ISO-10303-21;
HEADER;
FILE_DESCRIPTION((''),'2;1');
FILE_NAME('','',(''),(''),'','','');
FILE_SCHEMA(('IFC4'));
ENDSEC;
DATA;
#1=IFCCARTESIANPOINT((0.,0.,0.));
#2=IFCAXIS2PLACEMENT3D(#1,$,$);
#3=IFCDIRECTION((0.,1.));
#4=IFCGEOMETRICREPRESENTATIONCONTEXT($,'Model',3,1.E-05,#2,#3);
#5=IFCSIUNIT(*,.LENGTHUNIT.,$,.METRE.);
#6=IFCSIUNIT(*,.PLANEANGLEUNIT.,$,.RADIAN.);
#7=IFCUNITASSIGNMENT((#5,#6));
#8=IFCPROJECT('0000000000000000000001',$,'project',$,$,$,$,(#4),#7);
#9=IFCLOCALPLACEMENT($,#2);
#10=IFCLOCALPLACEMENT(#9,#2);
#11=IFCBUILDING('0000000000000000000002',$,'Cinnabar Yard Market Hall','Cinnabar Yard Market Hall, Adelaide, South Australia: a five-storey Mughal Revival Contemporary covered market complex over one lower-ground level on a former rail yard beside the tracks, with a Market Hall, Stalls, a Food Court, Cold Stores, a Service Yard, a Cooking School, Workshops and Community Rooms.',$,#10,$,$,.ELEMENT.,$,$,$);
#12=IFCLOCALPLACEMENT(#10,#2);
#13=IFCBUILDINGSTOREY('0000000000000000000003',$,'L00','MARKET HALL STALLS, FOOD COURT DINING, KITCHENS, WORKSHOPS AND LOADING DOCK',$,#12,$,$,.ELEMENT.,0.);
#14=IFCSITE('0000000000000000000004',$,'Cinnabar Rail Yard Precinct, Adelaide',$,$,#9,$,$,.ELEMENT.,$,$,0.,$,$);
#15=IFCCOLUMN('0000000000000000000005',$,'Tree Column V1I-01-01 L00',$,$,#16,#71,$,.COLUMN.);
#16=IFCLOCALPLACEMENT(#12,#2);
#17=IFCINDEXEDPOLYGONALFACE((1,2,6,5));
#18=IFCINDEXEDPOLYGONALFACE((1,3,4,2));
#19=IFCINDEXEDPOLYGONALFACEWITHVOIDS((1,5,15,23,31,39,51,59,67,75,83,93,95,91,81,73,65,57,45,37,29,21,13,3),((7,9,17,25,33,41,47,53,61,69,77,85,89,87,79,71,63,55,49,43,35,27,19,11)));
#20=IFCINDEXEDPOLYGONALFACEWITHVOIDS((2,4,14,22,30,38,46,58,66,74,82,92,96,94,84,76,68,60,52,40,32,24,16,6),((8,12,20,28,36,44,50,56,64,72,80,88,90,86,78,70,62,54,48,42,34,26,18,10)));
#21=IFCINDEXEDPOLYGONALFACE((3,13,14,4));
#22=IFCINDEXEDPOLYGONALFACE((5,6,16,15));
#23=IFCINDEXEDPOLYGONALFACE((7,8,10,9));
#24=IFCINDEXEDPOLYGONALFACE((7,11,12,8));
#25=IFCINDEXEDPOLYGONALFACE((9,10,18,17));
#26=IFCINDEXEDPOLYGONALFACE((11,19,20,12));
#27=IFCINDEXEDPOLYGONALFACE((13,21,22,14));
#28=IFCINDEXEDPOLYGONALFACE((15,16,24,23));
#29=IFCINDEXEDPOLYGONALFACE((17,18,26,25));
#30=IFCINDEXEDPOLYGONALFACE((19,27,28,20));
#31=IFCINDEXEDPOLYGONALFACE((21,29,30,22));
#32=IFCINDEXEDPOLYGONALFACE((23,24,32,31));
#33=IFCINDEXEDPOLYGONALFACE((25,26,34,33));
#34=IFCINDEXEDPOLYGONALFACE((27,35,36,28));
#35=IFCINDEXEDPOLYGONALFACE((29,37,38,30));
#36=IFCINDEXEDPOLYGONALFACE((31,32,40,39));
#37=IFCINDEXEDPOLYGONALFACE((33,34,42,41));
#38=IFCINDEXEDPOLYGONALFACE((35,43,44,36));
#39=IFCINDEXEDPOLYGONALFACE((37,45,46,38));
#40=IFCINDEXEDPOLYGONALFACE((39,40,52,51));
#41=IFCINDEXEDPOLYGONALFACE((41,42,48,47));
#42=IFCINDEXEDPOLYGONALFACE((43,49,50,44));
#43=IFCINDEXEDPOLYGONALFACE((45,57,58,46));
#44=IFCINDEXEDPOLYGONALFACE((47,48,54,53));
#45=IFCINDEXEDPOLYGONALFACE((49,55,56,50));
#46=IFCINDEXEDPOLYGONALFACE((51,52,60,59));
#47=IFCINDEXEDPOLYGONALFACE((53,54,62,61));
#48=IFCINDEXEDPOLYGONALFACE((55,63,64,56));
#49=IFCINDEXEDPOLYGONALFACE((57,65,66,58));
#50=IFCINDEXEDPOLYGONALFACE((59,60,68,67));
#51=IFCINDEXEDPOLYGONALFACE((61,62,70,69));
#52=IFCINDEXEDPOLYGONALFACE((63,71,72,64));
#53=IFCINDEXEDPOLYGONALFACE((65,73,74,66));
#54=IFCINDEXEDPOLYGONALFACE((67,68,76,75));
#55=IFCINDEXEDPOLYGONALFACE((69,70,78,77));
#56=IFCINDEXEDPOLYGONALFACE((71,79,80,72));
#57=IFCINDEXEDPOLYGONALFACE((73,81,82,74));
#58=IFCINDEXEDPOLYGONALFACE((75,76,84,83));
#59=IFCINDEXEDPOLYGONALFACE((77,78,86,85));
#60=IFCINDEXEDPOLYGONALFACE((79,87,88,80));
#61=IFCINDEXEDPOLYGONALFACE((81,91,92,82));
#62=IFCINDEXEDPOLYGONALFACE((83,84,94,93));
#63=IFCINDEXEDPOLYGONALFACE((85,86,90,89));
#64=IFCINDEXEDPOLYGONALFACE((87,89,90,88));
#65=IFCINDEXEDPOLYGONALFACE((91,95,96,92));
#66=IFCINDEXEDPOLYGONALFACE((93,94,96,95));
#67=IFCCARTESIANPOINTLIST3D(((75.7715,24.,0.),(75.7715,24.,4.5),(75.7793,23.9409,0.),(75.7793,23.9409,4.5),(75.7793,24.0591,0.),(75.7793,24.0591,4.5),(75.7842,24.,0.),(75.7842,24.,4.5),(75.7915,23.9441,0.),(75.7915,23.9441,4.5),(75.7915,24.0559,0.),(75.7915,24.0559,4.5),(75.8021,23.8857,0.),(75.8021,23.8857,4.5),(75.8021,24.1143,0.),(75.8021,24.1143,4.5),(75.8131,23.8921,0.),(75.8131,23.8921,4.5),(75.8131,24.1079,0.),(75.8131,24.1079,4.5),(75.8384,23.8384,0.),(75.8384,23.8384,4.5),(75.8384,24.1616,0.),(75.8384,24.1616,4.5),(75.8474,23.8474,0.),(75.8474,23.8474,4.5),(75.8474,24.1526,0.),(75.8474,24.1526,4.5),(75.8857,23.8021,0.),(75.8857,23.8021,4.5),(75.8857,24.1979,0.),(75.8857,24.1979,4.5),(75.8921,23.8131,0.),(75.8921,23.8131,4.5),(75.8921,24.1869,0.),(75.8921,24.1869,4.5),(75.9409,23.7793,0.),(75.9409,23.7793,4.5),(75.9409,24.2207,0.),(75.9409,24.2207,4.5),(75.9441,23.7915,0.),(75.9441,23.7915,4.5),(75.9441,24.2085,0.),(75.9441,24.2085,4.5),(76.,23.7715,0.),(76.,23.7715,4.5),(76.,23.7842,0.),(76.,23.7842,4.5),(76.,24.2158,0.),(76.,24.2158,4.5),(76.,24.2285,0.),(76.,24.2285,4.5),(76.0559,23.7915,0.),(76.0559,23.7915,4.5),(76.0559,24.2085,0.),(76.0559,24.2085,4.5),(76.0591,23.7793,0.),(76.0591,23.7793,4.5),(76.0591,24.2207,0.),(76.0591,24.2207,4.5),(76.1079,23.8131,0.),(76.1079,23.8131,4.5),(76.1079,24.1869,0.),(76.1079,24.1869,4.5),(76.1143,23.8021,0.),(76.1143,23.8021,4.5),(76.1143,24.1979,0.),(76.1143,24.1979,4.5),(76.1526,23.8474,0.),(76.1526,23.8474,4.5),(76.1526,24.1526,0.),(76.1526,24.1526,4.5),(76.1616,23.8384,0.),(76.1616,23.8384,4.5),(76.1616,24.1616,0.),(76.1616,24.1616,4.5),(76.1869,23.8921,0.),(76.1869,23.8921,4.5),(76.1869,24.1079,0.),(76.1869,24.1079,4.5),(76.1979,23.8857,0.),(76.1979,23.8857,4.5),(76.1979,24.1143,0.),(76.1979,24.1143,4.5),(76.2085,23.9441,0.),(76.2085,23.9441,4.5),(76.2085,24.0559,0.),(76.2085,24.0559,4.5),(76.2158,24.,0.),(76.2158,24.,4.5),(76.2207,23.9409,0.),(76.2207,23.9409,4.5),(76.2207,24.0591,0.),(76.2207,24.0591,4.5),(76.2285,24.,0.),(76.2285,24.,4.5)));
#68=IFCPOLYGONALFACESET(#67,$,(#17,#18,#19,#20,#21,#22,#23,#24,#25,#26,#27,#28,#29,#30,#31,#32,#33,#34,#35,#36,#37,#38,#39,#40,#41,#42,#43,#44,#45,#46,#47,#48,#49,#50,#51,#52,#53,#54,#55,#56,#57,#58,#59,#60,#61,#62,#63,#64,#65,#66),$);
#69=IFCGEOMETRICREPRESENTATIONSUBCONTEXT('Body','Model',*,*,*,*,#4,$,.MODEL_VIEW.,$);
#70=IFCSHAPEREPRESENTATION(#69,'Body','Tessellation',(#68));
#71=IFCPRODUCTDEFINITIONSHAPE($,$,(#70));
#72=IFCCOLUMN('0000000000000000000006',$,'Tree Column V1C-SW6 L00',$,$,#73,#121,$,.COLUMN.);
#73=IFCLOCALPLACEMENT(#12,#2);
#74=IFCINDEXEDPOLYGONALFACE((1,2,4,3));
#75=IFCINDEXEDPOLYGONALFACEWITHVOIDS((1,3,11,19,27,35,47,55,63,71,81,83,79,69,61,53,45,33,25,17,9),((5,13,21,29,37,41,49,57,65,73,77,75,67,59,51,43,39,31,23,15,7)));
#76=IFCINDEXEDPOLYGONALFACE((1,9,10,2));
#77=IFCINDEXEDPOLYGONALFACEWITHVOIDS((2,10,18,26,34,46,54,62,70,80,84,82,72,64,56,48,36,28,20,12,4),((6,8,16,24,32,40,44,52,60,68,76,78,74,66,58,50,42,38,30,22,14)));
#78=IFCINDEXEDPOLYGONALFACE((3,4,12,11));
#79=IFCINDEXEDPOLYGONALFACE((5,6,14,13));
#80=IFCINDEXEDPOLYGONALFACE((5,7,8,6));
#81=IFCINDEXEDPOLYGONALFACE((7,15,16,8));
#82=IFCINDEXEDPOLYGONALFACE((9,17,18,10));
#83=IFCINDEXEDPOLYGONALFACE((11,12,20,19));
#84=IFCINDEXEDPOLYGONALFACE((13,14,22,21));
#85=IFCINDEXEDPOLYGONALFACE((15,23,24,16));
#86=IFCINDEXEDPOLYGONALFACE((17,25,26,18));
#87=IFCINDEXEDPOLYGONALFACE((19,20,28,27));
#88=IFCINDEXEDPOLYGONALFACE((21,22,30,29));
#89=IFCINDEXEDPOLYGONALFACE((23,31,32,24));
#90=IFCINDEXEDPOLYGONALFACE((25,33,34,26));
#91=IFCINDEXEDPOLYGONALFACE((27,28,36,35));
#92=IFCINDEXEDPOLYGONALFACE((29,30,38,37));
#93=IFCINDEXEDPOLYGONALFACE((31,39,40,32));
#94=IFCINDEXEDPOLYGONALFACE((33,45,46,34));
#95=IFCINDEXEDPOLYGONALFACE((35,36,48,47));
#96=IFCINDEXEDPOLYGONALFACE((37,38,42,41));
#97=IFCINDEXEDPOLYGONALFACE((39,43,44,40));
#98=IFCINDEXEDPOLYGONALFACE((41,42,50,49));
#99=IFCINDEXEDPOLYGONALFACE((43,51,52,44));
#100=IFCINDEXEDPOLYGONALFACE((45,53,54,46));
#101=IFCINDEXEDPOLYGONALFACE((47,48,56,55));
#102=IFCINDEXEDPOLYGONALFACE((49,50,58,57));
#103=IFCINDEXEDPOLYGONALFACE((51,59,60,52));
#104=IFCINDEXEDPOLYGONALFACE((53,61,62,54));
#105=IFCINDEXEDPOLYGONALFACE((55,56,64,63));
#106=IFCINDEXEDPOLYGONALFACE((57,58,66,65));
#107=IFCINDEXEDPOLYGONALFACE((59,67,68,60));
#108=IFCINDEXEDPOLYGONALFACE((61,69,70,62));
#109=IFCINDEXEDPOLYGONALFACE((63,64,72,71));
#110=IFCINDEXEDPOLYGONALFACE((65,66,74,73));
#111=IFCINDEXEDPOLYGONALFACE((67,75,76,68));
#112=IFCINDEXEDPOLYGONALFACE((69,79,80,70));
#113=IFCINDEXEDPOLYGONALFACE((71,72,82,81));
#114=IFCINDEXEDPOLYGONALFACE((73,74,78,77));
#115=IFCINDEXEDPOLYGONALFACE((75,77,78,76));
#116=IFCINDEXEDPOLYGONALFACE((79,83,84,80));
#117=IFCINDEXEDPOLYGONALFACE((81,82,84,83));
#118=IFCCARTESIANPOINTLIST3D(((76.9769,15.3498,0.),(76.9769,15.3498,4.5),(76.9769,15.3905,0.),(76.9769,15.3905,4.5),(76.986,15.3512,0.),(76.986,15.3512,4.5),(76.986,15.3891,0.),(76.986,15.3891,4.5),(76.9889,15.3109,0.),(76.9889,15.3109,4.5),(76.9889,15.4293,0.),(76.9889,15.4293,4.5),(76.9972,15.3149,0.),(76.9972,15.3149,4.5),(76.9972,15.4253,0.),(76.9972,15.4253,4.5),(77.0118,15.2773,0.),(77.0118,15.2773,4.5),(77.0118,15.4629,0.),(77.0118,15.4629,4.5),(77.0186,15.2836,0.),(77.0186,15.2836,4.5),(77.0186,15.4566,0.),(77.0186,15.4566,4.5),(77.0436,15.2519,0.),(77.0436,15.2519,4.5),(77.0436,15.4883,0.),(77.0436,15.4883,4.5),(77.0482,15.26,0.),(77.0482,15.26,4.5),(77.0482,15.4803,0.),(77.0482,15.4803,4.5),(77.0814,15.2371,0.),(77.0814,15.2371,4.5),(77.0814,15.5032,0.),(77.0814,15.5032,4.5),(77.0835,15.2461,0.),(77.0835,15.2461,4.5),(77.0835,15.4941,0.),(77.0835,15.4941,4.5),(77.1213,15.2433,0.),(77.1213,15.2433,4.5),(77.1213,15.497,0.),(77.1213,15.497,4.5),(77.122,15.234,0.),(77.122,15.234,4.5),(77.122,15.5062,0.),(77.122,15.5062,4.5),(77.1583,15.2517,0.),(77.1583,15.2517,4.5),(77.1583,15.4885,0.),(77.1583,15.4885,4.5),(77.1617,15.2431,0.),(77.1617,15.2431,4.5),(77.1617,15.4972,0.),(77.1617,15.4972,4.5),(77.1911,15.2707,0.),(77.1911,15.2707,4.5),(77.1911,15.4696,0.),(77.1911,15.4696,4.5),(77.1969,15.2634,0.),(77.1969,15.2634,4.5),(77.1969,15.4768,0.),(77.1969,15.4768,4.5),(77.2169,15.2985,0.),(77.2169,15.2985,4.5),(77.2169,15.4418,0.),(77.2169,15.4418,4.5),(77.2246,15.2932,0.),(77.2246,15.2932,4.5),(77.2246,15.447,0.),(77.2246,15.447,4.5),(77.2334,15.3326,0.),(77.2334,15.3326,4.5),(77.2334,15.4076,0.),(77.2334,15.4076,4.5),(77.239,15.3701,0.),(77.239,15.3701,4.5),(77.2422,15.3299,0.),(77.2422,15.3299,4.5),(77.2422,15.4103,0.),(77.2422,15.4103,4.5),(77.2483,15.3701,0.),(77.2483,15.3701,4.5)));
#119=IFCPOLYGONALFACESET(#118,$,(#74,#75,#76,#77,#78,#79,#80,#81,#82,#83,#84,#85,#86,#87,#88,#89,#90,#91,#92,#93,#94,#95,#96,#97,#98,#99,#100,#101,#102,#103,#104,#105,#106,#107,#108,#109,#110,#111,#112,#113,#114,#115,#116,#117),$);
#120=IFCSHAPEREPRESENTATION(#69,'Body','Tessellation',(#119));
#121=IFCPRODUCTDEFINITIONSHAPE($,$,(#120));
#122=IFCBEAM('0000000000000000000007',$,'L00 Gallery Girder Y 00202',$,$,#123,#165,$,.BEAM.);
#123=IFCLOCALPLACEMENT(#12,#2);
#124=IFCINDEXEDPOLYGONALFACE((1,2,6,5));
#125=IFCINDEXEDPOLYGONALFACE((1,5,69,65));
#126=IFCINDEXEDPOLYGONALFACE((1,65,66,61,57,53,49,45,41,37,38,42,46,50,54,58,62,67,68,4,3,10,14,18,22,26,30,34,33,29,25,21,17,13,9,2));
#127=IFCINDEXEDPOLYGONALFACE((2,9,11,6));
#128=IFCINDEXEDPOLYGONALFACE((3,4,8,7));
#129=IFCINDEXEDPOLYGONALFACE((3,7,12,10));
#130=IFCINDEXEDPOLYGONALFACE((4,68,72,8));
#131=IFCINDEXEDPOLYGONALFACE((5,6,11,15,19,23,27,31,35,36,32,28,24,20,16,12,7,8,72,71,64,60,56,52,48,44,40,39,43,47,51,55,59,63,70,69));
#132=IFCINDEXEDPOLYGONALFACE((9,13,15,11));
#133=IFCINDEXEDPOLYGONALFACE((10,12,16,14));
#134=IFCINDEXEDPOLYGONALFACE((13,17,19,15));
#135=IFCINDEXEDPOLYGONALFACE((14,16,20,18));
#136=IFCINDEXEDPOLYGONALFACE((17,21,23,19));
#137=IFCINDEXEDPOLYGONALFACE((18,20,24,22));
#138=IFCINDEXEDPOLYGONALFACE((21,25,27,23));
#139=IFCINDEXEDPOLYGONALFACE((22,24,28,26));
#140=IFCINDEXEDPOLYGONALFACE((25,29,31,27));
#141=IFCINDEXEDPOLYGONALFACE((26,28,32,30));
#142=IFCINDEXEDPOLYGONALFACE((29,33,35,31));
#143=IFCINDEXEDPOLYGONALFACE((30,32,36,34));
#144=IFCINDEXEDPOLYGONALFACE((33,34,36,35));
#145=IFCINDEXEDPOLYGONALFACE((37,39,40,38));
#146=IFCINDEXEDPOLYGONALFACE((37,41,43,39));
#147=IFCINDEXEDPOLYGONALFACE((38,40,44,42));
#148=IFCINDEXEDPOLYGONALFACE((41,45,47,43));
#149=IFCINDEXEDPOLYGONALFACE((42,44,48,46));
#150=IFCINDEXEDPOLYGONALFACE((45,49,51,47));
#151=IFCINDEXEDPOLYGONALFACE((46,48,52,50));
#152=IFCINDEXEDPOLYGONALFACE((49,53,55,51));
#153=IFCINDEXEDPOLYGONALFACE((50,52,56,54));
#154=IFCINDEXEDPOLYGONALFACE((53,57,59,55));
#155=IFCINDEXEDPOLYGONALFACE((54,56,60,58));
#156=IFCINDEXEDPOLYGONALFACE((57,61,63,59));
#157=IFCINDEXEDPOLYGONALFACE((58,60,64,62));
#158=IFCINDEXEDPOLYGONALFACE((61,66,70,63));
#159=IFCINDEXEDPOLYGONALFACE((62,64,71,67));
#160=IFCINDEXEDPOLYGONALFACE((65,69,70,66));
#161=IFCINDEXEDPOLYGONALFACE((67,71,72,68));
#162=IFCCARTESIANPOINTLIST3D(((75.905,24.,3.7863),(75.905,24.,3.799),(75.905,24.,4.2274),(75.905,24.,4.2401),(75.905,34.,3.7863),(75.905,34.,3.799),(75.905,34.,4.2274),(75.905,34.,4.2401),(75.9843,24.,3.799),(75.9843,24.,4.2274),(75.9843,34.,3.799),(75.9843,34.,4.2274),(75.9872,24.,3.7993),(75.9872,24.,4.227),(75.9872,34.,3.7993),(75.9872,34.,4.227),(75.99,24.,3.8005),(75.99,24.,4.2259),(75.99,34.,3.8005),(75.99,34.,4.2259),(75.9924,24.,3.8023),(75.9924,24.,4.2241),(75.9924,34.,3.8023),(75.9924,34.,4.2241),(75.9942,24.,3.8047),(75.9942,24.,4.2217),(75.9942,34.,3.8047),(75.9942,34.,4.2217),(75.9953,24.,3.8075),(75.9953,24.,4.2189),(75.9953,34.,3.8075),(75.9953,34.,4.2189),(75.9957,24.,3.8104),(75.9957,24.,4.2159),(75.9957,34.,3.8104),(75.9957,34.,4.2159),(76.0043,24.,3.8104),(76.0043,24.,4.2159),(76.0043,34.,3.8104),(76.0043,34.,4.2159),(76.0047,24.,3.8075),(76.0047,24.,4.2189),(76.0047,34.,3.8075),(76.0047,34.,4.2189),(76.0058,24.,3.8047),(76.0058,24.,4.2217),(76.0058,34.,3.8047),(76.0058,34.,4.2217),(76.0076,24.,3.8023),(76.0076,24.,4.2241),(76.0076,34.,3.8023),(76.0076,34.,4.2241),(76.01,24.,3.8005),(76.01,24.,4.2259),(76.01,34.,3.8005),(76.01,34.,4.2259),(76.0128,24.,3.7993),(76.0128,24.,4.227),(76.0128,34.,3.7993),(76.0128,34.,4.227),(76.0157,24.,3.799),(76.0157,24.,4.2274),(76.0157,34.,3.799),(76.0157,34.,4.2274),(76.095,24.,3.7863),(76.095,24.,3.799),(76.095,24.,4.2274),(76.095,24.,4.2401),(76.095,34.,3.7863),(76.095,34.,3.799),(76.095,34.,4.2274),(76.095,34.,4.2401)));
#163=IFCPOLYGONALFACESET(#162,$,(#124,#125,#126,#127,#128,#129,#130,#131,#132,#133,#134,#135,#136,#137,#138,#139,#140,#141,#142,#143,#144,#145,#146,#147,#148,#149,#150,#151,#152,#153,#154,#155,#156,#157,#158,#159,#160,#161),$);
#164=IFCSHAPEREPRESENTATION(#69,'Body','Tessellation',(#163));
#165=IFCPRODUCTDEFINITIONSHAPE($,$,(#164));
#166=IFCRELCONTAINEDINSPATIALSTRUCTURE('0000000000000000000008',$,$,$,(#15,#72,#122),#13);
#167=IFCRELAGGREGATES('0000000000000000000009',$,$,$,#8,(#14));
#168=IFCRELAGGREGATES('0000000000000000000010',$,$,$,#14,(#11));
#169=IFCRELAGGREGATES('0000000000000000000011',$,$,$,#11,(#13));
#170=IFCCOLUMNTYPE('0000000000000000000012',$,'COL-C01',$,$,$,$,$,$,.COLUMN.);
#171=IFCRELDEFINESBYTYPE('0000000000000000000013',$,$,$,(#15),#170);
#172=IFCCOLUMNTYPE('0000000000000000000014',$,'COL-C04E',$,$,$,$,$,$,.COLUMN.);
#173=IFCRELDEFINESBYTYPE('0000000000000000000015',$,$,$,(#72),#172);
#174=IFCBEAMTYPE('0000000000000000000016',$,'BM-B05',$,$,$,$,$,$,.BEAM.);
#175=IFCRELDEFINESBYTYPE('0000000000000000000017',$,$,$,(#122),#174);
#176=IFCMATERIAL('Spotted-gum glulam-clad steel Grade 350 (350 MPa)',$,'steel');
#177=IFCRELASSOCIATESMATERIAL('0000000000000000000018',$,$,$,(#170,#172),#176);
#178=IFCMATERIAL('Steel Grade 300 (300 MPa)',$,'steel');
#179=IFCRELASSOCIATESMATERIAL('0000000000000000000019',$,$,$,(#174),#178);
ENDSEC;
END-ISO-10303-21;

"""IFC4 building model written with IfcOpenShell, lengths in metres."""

from ifc_helpers import new_model, si_unit, direction, frame, origin, origin_2d_with_axis, place, context, subcontext, project, spatial, hollow_circle, i_section, extrude, material, material_profile, profile_set, type_object, element, save


model = new_model("IFC4")

# Units and contexts
model_context = context("Model", 3, precision=1e-05, world=origin(), true_north=direction((0.0, 1.0)))
body_context = subcontext(model_context, "Body", "Model", "MODEL_VIEW")
ifc_project = project(units=[si_unit("LENGTHUNIT", "METRE"), si_unit("PLANEANGLEUNIT", "RADIAN")], contexts=[model_context])

# Site, building, storey
site_placement = place(None, origin())
site = spatial("IfcSite", under=ifc_project, at=site_placement, Name="Cinnabar Rail Yard Precinct, Adelaide", CompositionType="ELEMENT", RefElevation=0.0)
building_placement = place(site_placement, origin())
building = spatial("IfcBuilding", under=site, at=building_placement, Name="Cinnabar Yard Market Hall", Description="Cinnabar Yard Market Hall, Adelaide, South Australia: a five-storey Mughal Revival Contemporary covered market complex over one lower-ground level on a former rail yard beside the tracks, with a Market Hall, Stalls, a Food Court, Cold Stores, a Service Yard, a Cooking School, Workshops and Community Rooms.", CompositionType="ELEMENT")
storey_placement = place(building_placement, origin())
storey = spatial("IfcBuildingStorey", under=building, at=storey_placement, Name="L00", Description="MARKET HALL STALLS, FOOD COURT DINING, KITCHENS, WORKSHOPS AND LOADING DOCK", CompositionType="ELEMENT", Elevation=0.0)

# Columns
ifc_material_1 = material(Name="Spotted-gum glulam-clad steel Grade 350 (350 MPa)", Category="steel")
ifc_material_profile_1 = material_profile(ifc_material_1, hollow_circle(Radius=0.2285, WallThickness=0.0127, at=origin_2d_with_axis()), Name="457.0x12.7CHS")
ifc_profile_set_1 = profile_set([ifc_material_profile_1], Name="Spotted-gum glulam-clad steel Grade 350 (350 MPa)")
column_type_1 = type_object("IfcColumnType", Name="COL-C01", PredefinedType="COLUMN", material=ifc_profile_set_1)
column_1_placement = place(storey_placement, frame((76.0, 24.0, 0.0), z_axis=(0.0, 0.0, 1.0), x_axis=(1.0, 0.0, 0.0)))
element("IfcColumn", 1, at=column_1_placement, inside=storey, type_object=column_type_1, Name="Tree Column V1I-01-01 L00", PredefinedType="COLUMN", context=body_context, shape_type="SweptSolid", body=[
    extrude(hollow_circle(Radius=0.2285, WallThickness=0.0127, at=origin_2d_with_axis()), origin(), (0.0, 0.0, 1.0), 4.5),
])
ifc_material_profile_2 = material_profile(ifc_material_1, hollow_circle(Radius=0.1365, WallThickness=0.0093, at=origin_2d_with_axis()), Name="273.1x9.3CHS")
ifc_profile_set_2 = profile_set([ifc_material_profile_2], Name="Spotted-gum glulam-clad steel Grade 350 (350 MPa)")
column_type_2 = type_object("IfcColumnType", Name="COL-C04E", PredefinedType="COLUMN", material=ifc_profile_set_2)
column_2_placement = place(storey_placement, frame((77.1118, 15.3701, 0.0), z_axis=(0.0, 0.0, 1.0), x_axis=(1.0, 0.0, 0.0)))
element("IfcColumn", 2, at=column_2_placement, inside=storey, type_object=column_type_2, Name="Tree Column V1C-SW6 L00", PredefinedType="COLUMN", context=body_context, shape_type="SweptSolid", body=[
    extrude(hollow_circle(Radius=0.1365, WallThickness=0.0093, at=origin_2d_with_axis()), origin(), (0.0, 0.0, 1.0), 4.5),
])

# Beam
ifc_material_2 = material(Name="Steel Grade 300 (300 MPa)", Category="steel")
ifc_material_profile_3 = material_profile(ifc_material_2, i_section(OverallWidth=0.1899, OverallDepth=0.4539, WebThickness=0.0085, FlangeThickness=0.0127, FilletRadius=0.0115, at=origin_2d_with_axis()), Name="460UB67.1")
ifc_profile_set_3 = profile_set([ifc_material_profile_3], Name="Steel Grade 300 (300 MPa)")
beam_type_1 = type_object("IfcBeamType", Name="BM-B05", PredefinedType="BEAM", material=ifc_profile_set_3)
beam_1_placement = place(storey_placement, frame((76.0, 24.0, 4.0132), z_axis=(0.0, 1.0, 0.0), x_axis=(-1.0, 0.0, 0.0)))
element("IfcBeam", 3, at=beam_1_placement, inside=storey, type_object=beam_type_1, Name="L00 Gallery Girder Y 00202", PredefinedType="BEAM", context=body_context, shape_type="SweptSolid", body=[
    extrude(i_section(OverallWidth=0.1899, OverallDepth=0.4539, WebThickness=0.0085, FlangeThickness=0.0127, FilletRadius=0.0115, at=origin_2d_with_axis()), origin(), (0.0, 0.0, 1.0), 10.0),
])

save(model, "model.ifc")
